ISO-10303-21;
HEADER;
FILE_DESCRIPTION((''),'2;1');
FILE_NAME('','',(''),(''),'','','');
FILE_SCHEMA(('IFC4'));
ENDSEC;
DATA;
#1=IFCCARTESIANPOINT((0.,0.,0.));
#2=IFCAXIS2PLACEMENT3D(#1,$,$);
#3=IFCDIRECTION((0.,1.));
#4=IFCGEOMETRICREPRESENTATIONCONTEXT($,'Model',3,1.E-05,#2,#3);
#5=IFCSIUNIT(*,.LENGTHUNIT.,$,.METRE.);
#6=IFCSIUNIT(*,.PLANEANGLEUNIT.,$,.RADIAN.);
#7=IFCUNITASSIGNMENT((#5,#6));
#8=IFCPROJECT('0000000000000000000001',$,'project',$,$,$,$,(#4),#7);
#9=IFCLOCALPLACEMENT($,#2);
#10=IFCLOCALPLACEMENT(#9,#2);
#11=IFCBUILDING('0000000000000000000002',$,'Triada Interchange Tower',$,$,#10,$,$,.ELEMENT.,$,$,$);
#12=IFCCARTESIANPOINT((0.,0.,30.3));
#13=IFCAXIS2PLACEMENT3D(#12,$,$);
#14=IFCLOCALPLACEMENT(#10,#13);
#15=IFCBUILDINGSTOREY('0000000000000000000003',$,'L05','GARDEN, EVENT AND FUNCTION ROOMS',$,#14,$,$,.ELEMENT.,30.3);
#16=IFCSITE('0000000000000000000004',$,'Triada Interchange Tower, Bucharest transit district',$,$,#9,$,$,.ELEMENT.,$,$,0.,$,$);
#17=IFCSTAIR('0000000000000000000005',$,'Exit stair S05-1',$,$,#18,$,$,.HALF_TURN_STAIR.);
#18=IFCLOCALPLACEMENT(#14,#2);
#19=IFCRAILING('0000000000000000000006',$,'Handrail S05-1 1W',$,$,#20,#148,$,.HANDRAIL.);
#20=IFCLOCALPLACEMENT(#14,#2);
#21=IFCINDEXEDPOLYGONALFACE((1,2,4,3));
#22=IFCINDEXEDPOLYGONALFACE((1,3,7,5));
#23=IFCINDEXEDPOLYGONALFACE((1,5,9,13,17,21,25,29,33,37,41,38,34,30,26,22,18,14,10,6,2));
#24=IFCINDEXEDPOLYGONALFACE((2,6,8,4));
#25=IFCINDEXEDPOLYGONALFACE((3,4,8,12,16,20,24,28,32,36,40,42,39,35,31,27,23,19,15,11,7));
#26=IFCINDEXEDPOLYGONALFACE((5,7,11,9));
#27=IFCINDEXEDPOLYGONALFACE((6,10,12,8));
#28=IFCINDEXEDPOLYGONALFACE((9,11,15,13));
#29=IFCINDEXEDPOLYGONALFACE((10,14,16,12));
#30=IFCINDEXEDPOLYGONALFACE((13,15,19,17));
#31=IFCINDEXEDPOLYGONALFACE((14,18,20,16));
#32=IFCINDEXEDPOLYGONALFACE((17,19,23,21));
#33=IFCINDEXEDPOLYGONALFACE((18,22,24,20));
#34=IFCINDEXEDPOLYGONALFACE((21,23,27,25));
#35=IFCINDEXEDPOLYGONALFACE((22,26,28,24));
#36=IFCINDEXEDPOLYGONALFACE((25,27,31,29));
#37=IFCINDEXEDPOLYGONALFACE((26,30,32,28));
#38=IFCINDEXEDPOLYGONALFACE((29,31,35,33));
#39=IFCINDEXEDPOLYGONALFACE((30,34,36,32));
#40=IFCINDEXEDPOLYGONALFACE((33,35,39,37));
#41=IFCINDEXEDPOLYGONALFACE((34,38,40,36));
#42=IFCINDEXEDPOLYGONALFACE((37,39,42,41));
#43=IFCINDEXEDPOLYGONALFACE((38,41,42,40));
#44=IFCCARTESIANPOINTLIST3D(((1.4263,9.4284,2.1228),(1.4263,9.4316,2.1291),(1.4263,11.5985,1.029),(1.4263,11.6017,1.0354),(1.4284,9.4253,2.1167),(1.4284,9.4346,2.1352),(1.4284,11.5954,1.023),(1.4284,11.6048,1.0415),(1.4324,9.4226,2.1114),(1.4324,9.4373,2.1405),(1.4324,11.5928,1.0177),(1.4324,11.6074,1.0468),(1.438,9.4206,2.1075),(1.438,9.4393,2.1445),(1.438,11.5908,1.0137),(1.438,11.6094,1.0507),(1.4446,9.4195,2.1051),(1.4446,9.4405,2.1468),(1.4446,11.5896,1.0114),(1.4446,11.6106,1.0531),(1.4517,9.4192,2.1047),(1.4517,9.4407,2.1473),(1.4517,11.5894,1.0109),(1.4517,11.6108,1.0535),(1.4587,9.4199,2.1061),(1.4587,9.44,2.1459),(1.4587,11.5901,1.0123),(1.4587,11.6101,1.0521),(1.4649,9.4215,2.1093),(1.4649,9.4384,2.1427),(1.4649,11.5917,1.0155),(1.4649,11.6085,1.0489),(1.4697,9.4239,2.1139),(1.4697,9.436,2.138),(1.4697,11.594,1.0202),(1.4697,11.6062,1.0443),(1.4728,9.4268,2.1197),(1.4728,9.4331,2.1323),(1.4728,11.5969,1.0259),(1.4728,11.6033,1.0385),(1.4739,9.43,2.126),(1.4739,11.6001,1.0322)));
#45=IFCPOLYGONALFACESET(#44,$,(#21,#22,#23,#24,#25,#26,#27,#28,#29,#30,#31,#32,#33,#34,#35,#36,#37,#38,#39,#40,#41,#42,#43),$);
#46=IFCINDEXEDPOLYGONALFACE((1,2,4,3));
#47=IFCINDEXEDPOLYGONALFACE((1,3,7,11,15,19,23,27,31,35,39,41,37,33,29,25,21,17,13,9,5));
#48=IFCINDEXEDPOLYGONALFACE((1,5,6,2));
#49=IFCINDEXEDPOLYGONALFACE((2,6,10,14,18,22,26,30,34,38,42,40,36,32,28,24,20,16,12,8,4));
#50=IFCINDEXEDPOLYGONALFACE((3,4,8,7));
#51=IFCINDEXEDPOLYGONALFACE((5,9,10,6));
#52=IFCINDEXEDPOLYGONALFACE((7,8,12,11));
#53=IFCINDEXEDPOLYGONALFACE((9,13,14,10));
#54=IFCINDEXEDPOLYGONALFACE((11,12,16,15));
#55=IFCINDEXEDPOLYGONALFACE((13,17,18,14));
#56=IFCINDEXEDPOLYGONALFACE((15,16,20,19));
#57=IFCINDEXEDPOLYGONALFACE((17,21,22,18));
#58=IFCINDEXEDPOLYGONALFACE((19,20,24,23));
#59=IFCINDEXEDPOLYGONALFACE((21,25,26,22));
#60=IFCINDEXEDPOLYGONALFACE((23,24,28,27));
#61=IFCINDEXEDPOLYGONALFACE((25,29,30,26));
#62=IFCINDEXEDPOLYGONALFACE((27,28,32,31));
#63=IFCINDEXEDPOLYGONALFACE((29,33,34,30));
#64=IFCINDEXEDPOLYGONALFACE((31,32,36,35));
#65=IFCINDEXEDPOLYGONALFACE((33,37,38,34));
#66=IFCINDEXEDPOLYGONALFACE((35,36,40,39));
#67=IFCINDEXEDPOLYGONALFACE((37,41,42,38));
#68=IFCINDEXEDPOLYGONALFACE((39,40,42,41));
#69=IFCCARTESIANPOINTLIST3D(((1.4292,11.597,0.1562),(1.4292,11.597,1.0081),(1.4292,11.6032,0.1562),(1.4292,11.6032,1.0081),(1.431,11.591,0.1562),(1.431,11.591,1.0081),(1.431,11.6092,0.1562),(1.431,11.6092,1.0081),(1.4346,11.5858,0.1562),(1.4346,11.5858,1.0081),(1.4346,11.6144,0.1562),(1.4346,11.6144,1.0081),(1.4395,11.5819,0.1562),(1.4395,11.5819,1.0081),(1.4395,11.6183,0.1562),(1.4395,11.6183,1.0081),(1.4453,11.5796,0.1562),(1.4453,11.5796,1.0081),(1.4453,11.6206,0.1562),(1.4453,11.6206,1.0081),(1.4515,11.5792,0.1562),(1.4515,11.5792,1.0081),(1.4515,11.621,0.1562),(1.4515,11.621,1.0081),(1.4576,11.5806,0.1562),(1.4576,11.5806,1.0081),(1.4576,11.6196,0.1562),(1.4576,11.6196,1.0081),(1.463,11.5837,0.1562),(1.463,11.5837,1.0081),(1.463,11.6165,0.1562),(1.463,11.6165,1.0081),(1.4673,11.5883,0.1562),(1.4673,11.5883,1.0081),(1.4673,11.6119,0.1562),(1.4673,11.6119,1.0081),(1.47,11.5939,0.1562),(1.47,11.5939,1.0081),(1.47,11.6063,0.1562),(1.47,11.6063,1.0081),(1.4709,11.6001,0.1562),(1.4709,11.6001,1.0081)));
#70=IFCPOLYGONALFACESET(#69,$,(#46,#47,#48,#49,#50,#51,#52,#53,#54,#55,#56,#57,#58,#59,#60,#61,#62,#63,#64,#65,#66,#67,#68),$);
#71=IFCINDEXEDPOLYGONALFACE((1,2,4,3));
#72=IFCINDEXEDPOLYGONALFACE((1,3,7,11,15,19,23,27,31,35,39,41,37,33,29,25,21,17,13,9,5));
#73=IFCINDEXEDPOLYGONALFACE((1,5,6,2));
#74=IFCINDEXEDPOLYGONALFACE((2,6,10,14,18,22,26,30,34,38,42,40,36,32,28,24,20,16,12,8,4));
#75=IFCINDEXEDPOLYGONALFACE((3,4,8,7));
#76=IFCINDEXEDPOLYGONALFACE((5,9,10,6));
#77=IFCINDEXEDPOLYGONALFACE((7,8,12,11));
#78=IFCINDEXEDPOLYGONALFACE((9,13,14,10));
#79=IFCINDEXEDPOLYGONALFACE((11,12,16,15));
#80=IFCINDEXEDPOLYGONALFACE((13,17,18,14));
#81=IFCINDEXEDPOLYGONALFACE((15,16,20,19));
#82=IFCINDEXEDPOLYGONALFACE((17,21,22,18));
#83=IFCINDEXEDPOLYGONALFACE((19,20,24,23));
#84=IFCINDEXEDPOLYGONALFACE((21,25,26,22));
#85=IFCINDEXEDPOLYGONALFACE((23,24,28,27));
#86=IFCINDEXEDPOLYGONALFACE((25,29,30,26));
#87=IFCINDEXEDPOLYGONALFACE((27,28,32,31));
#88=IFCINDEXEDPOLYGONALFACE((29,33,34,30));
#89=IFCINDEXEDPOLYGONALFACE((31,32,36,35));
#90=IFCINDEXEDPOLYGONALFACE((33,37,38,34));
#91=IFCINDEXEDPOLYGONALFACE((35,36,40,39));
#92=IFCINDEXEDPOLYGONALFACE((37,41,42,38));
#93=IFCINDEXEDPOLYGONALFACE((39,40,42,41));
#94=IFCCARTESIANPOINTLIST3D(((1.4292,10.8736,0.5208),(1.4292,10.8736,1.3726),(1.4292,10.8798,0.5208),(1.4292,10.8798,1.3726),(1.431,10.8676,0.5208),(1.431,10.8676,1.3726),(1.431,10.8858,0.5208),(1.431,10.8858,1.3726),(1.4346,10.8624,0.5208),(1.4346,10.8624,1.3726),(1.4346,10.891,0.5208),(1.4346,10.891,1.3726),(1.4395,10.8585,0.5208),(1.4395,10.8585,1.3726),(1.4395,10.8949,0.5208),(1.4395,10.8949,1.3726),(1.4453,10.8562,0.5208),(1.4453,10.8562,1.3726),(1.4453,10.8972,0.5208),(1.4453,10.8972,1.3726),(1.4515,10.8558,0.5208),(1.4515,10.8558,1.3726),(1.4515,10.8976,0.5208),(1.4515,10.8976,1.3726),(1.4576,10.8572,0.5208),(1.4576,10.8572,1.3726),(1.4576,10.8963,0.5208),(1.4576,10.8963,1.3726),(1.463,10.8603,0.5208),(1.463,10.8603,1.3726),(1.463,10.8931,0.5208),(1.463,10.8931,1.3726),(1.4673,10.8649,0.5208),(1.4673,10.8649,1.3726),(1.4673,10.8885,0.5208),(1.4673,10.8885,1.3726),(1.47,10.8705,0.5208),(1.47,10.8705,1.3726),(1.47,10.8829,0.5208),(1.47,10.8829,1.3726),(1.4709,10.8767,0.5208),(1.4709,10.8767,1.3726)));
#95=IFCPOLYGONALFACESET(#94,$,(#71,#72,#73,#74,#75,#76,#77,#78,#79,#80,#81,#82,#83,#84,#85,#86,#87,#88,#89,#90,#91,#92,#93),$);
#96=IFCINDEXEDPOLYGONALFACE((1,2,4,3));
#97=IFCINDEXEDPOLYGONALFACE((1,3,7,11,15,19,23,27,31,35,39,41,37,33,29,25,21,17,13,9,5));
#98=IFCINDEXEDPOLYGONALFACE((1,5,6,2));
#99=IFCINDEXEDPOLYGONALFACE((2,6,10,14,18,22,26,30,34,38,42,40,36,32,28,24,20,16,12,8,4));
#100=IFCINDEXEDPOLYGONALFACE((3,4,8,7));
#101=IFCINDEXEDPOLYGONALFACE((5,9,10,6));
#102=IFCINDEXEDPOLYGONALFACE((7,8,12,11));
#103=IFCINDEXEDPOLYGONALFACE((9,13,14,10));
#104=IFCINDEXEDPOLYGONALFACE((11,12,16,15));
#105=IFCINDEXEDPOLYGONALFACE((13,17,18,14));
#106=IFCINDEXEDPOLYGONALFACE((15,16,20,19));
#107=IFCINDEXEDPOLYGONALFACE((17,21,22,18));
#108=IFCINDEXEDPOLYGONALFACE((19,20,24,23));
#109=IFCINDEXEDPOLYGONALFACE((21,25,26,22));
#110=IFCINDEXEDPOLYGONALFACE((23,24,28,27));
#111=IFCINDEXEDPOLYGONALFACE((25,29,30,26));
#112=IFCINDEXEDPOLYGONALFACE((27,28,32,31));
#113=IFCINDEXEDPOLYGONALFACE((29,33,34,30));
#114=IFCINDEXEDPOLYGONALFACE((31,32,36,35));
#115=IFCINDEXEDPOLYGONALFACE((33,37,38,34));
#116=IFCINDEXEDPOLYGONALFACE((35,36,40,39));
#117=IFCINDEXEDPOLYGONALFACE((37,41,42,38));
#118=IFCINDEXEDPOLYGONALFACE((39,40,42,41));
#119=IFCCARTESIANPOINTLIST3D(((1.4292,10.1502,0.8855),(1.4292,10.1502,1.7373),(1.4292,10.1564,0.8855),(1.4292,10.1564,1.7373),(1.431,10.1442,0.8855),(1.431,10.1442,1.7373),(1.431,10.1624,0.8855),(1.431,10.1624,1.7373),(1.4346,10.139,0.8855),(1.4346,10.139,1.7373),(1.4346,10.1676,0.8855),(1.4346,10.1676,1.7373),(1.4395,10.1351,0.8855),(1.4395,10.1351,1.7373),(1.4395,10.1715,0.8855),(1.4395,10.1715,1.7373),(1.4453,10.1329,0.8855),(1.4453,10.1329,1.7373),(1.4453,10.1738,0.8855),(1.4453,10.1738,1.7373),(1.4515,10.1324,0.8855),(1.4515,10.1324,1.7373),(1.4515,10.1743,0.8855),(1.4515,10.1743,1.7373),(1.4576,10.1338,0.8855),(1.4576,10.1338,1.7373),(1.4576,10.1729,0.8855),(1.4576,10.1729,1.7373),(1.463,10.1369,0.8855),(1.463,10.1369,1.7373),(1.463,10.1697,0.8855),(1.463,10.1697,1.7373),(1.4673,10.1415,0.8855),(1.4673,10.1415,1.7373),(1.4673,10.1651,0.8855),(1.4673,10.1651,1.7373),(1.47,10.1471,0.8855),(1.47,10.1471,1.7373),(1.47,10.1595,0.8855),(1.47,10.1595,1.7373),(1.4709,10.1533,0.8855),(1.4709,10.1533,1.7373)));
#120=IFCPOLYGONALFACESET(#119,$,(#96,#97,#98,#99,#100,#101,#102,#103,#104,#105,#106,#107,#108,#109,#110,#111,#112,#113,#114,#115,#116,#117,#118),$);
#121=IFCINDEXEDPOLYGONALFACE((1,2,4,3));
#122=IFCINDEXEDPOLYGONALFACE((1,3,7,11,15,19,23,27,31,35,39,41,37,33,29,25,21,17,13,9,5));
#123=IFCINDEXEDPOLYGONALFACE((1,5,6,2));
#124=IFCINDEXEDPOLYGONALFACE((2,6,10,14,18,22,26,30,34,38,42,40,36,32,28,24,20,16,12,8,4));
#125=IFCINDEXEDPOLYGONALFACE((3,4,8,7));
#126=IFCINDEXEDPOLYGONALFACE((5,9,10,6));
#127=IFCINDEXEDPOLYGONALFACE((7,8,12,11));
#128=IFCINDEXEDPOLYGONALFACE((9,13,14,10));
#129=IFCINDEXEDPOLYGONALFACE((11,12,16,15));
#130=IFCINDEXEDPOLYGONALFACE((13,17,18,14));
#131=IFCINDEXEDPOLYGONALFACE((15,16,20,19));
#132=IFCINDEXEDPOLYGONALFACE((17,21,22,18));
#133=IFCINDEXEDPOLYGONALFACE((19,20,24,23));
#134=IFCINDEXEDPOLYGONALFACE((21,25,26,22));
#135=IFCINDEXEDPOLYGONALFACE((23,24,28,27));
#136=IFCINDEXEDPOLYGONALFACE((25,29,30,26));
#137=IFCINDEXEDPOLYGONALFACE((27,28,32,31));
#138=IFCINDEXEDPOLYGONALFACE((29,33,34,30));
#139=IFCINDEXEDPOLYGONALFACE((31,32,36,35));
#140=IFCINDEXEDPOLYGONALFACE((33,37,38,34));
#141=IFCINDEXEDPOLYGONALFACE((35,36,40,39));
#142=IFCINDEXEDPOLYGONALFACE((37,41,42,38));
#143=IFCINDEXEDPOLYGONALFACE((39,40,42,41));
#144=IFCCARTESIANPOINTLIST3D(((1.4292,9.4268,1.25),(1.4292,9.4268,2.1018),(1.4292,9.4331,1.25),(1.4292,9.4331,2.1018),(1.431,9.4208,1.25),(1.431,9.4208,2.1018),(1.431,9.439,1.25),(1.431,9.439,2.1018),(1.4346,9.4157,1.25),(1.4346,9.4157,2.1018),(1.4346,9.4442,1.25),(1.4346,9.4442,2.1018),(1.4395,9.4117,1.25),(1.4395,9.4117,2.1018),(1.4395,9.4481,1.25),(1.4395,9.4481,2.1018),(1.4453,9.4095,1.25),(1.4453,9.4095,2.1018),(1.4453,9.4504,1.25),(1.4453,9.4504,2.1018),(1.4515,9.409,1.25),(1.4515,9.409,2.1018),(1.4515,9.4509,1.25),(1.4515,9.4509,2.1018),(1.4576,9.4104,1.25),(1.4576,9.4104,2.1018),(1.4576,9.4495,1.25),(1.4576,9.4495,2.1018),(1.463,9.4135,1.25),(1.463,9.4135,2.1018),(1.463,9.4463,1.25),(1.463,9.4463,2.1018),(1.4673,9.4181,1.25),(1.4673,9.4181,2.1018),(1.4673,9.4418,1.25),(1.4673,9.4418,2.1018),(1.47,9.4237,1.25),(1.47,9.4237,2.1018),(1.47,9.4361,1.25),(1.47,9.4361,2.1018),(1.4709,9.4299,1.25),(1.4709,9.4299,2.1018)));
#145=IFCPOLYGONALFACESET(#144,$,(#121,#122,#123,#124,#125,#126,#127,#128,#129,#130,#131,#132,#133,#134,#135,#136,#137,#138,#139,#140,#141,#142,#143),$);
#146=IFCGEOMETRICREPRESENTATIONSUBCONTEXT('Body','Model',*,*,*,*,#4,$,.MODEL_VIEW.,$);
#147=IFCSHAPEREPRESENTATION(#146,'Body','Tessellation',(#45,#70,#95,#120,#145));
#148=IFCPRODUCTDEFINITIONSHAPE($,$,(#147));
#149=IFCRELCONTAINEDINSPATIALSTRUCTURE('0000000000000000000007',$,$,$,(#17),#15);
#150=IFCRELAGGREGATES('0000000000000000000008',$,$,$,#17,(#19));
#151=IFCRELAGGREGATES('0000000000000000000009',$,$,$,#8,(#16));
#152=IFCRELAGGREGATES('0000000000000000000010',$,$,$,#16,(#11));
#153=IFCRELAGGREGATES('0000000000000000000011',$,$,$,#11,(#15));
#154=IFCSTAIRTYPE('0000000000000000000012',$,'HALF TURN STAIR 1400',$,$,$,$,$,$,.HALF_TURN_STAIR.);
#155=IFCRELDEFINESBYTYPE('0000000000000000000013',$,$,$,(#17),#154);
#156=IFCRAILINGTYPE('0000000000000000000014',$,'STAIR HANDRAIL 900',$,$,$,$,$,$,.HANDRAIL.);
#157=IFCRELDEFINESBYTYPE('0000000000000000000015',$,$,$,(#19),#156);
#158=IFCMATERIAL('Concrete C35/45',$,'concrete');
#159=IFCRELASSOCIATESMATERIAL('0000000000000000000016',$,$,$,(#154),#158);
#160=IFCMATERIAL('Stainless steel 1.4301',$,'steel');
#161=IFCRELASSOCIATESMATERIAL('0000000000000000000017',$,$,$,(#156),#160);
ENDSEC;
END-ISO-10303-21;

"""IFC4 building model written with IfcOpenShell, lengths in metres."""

from ifc_helpers import new_model, si_unit, direction, frame, origin, origin_2d, place, context, subcontext, project, spatial, circle, extrude, material, type_object, element, aggregate, save


model = new_model("IFC4")

# Units and contexts
model_context = context("Model", 3, precision=1e-05, world=origin(), true_north=direction((0.0, 1.0)))
body_context = subcontext(model_context, "Body", "Model", "MODEL_VIEW")
ifc_project = project(units=[si_unit("LENGTHUNIT", "METRE"), si_unit("PLANEANGLEUNIT", "RADIAN")], contexts=[model_context])

# Site, building, storey
site_placement = place(None, origin())
site = spatial("IfcSite", under=ifc_project, at=site_placement, Name="Triada Interchange Tower, Bucharest transit district", CompositionType="ELEMENT", RefElevation=0.0)
building_placement = place(site_placement, origin())
building = spatial("IfcBuilding", under=site, at=building_placement, Name="Triada Interchange Tower", CompositionType="ELEMENT")
storey_placement = place(building_placement, frame((0.0, 0.0, 30.3)))
storey = spatial("IfcBuildingStorey", under=building, at=storey_placement, Name="L05", Description="GARDEN, EVENT AND FUNCTION ROOMS", CompositionType="ELEMENT", Elevation=30.3)

# Shared definitions
ifc_material_1 = material(Name="Concrete C35/45", Category="concrete")

# Stair, railing
stair_type = type_object("IfcStairType", Name="HALF TURN STAIR 1400", PredefinedType="HALF_TURN_STAIR", material=ifc_material_1)
stair_placement = place(storey_placement, origin())
stair = element("IfcStair", 1, at=stair_placement, inside=storey, type_object=stair_type, Name="Exit stair S05-1", PredefinedType="HALF_TURN_STAIR")
ifc_material_2 = material(Name="Stainless steel 1.4301", Category="steel")
railing_type_1 = type_object("IfcRailingType", Name="STAIR HANDRAIL 900", PredefinedType="HANDRAIL", material=ifc_material_2)
railing_1_placement = place(storey_placement, frame((1.45, 11.6001, 0.1562)))
railing_1 = element("IfcRailing", 2, at=railing_1_placement, type_object=railing_type_1, Name="Handrail S05-1 1W", PredefinedType="HANDRAIL", context=body_context, shape_type="SweptSolid", body=[
    extrude(circle(Radius=0.0239, at=origin_2d()), frame((0.0, 0.0, 0.876), z_axis=(0.0, -0.892996, 0.450064), x_axis=(1.0, 0.0, 0.0)), (0.0, 0.0, 1.0), 2.4302),
    extrude(circle(Radius=0.021, at=origin_2d()), origin(), (0.0, 0.0, 1.0), 0.8518),
    extrude(circle(Radius=0.021, at=origin_2d()), frame((0.0, -0.7234, 0.3645)), (0.0, 0.0, 1.0), 0.8518),
    extrude(circle(Radius=0.021, at=origin_2d()), frame((0.0, -1.4468, 0.7292)), (0.0, 0.0, 1.0), 0.8518),
    extrude(circle(Radius=0.021, at=origin_2d()), frame((0.0, -2.1702, 1.0938)), (0.0, 0.0, 1.0), 0.8518),
])
aggregate(stair, [railing_1])

save(model, "model.ifc")
